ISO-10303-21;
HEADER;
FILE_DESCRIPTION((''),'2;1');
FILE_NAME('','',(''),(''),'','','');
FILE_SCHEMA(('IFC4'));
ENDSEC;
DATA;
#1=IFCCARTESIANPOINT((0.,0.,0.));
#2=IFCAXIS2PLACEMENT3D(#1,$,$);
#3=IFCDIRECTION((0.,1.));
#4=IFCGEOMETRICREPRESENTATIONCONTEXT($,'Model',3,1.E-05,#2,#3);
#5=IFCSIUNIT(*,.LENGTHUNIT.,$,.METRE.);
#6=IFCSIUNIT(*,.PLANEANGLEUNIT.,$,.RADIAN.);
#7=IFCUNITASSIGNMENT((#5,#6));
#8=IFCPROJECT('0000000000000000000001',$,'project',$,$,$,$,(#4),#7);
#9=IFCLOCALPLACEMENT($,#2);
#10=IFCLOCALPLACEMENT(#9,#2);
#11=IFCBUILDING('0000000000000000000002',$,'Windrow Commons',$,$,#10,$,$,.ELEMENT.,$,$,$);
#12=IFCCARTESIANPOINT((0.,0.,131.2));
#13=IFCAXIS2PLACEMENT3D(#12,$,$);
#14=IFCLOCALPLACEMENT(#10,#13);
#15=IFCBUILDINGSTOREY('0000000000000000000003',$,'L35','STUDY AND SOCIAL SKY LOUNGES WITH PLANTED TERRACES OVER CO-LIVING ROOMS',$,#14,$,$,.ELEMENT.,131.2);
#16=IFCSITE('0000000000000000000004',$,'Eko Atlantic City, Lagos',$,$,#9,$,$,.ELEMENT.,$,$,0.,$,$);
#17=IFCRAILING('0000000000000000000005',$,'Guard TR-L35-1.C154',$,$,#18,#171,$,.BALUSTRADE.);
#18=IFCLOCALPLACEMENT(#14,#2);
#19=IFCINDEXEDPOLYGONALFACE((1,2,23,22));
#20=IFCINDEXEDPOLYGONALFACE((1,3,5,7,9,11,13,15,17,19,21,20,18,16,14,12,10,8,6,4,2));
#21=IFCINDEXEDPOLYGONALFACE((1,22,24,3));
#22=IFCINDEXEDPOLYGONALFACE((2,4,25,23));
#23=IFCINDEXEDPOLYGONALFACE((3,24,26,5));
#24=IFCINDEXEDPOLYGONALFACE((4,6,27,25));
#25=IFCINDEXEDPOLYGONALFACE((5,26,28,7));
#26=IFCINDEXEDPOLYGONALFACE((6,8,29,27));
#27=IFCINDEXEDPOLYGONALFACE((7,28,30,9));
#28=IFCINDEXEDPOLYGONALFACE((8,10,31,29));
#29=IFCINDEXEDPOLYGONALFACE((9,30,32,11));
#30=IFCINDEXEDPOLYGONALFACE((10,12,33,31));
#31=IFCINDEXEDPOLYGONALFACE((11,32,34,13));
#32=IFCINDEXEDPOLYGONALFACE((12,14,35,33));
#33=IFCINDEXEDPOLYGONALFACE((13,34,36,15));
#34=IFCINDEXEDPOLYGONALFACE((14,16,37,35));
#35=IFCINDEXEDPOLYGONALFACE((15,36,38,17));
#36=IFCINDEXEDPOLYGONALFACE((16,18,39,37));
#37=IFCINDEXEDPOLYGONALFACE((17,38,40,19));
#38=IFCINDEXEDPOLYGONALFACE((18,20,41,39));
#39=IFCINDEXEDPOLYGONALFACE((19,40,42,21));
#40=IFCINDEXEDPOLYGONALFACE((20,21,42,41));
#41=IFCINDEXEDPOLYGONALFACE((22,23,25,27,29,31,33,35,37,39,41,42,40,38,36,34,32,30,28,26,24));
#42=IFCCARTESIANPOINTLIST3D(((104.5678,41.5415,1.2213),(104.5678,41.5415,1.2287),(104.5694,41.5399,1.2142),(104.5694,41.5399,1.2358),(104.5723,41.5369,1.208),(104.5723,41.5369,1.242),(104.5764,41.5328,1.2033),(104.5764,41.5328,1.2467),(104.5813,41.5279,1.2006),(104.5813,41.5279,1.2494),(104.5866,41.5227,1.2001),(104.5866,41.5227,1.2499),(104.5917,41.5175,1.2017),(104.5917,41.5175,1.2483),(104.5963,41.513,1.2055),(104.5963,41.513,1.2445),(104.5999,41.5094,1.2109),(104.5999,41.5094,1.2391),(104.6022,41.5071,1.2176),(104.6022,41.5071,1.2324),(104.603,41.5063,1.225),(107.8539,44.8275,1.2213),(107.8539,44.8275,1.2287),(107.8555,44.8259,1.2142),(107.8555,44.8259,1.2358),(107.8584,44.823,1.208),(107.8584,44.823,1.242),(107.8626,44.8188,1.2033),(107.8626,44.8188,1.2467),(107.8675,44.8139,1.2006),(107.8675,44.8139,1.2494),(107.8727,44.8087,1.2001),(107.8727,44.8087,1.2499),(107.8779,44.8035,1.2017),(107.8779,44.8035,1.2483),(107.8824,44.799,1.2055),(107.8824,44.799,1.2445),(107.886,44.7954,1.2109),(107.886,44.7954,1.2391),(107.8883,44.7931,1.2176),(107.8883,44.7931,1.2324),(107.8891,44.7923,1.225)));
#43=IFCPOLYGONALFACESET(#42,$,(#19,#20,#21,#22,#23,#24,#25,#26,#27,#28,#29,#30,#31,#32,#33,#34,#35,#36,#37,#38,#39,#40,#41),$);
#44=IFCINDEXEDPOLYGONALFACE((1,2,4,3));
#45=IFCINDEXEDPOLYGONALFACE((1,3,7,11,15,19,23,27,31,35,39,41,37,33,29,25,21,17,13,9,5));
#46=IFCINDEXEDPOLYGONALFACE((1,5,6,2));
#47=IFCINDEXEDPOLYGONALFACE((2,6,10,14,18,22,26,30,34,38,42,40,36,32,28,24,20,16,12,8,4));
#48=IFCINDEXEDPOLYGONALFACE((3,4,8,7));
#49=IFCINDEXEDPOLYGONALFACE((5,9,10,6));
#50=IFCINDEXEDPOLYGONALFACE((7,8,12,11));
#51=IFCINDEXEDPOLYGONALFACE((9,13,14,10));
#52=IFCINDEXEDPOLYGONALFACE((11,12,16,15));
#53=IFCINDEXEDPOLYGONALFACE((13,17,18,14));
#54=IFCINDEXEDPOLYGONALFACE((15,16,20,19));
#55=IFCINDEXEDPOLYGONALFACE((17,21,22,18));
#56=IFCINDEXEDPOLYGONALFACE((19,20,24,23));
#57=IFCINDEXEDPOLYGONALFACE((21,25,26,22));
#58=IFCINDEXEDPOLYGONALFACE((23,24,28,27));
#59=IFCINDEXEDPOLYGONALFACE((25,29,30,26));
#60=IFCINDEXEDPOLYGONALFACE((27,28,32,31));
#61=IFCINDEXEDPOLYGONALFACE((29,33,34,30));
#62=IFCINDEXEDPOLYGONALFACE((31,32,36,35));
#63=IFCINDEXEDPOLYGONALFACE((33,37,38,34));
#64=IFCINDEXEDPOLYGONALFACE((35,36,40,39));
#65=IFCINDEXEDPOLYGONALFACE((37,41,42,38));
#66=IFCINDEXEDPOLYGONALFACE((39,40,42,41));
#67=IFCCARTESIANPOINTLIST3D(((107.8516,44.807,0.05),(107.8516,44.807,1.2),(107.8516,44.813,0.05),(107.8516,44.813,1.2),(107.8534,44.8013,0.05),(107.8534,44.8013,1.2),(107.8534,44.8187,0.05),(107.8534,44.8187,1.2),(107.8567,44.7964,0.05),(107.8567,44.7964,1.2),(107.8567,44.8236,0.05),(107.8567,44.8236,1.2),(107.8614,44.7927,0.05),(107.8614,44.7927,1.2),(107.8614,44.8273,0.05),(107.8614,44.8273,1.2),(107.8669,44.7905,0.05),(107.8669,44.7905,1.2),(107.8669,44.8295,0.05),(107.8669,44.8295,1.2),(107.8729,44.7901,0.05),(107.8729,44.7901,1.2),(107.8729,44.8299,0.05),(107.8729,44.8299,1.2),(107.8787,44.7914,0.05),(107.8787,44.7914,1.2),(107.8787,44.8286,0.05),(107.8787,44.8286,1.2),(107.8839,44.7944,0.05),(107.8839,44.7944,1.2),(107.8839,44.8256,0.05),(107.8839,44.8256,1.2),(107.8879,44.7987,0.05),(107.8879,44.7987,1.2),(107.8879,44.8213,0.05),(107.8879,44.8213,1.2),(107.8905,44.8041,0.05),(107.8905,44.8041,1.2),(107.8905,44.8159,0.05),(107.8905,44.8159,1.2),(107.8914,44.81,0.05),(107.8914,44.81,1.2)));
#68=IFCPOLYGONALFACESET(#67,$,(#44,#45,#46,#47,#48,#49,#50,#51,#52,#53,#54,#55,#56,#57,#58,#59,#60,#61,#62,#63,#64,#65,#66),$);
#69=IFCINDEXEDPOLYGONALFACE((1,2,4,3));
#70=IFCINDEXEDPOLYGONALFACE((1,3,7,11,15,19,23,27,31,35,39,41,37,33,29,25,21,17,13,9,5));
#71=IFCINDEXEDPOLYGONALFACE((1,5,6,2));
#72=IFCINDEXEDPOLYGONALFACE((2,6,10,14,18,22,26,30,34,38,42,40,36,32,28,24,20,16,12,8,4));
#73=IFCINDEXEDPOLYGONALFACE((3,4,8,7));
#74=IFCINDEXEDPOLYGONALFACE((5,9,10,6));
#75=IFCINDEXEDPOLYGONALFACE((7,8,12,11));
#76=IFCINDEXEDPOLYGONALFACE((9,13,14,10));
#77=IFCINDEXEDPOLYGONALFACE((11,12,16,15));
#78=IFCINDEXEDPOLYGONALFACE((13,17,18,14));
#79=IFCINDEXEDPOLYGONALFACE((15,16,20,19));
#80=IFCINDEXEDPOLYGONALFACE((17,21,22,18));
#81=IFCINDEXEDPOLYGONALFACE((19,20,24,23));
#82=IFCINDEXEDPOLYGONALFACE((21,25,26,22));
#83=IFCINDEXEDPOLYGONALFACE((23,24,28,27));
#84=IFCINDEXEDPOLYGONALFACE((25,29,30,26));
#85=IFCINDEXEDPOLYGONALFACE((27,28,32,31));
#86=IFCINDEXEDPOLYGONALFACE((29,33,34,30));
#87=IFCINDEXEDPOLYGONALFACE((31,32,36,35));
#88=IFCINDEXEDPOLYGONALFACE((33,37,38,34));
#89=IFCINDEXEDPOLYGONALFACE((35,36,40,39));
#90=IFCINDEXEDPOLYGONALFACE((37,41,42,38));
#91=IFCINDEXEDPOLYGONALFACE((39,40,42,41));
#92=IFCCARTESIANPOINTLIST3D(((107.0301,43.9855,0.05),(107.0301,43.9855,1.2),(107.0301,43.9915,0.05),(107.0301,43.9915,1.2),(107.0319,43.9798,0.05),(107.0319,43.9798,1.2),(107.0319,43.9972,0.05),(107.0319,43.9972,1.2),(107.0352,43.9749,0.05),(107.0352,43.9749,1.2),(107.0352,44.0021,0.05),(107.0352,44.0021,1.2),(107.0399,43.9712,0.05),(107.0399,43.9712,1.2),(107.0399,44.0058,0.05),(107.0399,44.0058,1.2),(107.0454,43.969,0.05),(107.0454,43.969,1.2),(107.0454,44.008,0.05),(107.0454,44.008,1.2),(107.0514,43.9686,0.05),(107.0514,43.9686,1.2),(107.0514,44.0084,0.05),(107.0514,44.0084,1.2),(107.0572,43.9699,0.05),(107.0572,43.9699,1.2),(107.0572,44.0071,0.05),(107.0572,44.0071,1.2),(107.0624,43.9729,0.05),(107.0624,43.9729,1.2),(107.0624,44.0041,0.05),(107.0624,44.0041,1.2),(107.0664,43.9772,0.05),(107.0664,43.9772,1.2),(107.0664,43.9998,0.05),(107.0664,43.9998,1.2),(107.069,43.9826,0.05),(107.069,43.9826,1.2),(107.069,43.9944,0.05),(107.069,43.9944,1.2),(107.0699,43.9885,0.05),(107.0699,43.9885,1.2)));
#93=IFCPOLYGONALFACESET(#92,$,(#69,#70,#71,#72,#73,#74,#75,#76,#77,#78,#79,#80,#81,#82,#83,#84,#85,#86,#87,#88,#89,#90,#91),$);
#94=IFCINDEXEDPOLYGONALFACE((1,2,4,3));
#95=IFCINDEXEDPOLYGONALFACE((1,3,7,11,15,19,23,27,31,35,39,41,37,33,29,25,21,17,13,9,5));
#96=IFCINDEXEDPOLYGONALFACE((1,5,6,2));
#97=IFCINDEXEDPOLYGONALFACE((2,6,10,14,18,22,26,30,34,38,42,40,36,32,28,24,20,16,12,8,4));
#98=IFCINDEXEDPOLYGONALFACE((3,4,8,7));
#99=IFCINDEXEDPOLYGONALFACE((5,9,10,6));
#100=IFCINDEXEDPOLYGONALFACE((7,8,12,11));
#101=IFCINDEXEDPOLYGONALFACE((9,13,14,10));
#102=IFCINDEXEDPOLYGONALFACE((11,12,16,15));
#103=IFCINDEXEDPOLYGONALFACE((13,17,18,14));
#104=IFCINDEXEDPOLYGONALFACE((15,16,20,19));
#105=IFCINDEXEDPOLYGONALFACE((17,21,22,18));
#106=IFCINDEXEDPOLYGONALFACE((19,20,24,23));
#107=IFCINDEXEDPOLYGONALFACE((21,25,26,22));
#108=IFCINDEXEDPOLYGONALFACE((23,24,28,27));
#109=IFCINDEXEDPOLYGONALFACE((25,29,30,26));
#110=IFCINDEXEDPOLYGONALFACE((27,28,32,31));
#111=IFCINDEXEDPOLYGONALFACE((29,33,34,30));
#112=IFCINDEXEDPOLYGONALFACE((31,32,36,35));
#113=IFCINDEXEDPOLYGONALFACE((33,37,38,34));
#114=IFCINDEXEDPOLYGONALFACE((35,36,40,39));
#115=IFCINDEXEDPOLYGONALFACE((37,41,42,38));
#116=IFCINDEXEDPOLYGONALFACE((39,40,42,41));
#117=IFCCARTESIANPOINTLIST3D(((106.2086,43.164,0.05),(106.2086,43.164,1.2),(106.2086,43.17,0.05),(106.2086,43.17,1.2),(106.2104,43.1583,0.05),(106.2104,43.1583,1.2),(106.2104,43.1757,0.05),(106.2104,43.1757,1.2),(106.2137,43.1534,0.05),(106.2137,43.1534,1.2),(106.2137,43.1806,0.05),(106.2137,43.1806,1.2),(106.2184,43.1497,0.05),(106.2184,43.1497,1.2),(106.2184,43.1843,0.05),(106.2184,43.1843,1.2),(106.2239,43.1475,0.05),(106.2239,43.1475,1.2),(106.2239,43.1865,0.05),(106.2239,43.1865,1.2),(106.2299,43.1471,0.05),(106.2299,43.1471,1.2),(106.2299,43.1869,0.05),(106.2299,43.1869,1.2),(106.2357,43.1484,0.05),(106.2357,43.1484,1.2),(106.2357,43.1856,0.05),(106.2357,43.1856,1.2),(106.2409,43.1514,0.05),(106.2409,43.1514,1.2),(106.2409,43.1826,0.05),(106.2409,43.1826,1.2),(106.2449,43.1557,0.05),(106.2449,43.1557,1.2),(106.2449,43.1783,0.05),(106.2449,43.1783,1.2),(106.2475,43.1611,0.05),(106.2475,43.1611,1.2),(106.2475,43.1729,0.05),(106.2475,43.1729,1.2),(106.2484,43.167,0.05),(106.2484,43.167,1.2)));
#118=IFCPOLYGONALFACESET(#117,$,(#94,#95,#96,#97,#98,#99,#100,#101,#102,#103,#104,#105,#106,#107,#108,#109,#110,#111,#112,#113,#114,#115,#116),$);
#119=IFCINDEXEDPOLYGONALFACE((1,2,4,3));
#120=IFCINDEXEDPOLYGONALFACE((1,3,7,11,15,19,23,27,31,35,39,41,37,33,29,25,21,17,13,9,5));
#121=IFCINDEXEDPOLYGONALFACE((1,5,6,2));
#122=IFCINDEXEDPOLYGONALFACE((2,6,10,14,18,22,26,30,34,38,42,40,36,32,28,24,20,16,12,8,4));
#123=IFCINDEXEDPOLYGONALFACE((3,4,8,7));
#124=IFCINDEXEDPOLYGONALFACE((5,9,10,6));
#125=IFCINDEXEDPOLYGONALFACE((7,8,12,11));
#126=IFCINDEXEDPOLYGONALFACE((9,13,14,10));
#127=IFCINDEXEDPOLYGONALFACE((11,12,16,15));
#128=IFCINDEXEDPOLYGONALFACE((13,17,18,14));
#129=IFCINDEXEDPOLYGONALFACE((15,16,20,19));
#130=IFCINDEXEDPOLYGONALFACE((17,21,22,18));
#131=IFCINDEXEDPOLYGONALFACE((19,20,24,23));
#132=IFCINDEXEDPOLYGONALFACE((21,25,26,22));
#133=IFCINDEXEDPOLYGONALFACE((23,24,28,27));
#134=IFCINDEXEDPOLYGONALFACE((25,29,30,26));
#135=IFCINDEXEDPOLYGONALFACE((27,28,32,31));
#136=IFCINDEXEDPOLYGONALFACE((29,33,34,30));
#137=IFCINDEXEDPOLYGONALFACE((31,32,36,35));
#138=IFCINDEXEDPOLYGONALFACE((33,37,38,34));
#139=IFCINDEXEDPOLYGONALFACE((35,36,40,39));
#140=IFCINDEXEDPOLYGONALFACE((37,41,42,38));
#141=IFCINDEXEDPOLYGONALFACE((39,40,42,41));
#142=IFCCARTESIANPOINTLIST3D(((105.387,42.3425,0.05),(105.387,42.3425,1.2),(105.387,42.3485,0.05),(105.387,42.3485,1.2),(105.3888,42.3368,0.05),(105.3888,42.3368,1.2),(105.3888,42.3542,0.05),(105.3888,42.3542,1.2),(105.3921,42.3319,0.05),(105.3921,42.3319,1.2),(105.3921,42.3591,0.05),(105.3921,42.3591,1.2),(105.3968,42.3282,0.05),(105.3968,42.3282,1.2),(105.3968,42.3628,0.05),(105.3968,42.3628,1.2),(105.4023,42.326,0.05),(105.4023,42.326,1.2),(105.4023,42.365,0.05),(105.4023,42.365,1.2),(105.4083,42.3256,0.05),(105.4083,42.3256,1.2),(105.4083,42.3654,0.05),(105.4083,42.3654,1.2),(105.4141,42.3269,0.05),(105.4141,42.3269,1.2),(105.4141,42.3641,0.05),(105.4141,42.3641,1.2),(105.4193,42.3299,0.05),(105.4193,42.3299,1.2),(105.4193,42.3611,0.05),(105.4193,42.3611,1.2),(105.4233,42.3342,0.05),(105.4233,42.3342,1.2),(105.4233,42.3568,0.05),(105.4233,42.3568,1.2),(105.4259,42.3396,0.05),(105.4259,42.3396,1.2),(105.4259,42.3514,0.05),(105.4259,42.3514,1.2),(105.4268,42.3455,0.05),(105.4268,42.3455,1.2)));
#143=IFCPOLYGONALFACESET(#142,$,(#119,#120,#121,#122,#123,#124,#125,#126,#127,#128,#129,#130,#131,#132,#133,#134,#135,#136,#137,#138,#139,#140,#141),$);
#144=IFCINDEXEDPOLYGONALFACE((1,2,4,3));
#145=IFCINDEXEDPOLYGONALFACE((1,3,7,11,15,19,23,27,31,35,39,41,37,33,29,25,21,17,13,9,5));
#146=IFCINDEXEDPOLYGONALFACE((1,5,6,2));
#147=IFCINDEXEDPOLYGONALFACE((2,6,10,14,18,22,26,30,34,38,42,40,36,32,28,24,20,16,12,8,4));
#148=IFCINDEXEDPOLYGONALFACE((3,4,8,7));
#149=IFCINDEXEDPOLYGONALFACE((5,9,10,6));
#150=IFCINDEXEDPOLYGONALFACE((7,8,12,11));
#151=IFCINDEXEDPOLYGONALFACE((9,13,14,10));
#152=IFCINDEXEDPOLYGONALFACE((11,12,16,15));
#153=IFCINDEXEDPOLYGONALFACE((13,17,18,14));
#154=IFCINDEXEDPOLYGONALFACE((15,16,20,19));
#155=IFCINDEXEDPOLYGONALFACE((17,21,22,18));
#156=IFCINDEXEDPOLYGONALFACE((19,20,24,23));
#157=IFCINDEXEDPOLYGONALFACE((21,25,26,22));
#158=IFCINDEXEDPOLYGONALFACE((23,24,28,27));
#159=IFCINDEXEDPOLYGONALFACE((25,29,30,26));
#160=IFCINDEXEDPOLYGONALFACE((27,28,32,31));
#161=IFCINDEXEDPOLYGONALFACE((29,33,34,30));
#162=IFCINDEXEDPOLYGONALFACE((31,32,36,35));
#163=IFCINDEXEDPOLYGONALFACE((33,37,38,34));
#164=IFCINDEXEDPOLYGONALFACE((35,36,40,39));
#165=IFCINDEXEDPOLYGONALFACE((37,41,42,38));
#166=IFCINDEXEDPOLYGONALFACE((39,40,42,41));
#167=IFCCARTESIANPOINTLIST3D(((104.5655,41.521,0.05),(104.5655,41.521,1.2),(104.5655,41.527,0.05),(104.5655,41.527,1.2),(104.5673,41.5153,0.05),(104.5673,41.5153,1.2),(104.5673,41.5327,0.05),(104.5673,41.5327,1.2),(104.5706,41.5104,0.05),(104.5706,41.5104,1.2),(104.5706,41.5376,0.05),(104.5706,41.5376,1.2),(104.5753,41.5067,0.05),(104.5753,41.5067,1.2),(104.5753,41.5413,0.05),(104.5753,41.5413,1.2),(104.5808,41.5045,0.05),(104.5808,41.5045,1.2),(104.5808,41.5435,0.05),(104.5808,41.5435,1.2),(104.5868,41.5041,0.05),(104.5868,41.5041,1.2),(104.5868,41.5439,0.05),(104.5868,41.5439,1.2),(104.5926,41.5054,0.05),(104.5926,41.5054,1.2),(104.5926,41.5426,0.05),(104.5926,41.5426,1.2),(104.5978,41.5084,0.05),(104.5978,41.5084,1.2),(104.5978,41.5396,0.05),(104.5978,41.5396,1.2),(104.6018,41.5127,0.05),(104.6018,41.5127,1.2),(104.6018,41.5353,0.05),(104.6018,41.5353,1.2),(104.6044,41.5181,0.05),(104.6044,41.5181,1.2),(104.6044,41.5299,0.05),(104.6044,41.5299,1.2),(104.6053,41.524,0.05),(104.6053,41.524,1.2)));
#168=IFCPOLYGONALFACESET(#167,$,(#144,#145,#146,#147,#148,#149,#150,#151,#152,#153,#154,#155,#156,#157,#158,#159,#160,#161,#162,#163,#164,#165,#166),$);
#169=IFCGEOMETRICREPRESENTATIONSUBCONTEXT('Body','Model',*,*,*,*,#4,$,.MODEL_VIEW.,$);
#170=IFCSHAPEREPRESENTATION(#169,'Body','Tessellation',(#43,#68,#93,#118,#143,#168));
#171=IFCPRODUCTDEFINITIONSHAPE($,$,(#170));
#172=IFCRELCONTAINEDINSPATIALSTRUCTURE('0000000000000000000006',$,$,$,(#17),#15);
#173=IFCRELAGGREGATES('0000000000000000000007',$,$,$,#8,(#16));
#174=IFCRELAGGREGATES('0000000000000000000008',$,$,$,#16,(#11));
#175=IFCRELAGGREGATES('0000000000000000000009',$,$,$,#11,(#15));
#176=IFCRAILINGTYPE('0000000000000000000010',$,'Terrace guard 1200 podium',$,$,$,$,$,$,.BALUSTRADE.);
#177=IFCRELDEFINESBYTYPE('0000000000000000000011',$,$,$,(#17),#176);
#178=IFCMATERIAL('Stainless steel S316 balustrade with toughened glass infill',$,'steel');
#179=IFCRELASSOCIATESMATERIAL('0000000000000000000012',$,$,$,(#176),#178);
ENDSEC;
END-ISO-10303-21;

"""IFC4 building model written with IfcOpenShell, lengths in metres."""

from ifc_helpers import new_model, si_unit, direction, frame, origin, origin_2d, place, context, subcontext, project, spatial, circle, extrude, material, type_object, element, save


model = new_model("IFC4")

# Units and contexts
model_context = context("Model", 3, precision=1e-05, world=origin(), true_north=direction((0.0, 1.0)))
body_context = subcontext(model_context, "Body", "Model", "MODEL_VIEW")
ifc_project = project(units=[si_unit("LENGTHUNIT", "METRE"), si_unit("PLANEANGLEUNIT", "RADIAN")], contexts=[model_context])

# Site, building, storey
site_placement = place(None, origin())
site = spatial("IfcSite", under=ifc_project, at=site_placement, Name="Eko Atlantic City, Lagos", CompositionType="ELEMENT", RefElevation=0.0)
building_placement = place(site_placement, origin())
building = spatial("IfcBuilding", under=site, at=building_placement, Name="Windrow Commons", CompositionType="ELEMENT")
storey_placement = place(building_placement, frame((0.0, 0.0, 131.2)))
storey = spatial("IfcBuildingStorey", under=building, at=storey_placement, Name="L35", Description="STUDY AND SOCIAL SKY LOUNGES WITH PLANTED TERRACES OVER CO-LIVING ROOMS", CompositionType="ELEMENT", Elevation=131.2)

# Railing
ifc_material_1 = material(Name="Stainless steel S316 balustrade with toughened glass infill", Category="steel")
railing_type = type_object("IfcRailingType", Name="Terrace guard 1200 podium", PredefinedType="BALUSTRADE", material=ifc_material_1)
railing_1_placement = place(storey_placement, frame((107.8714, 44.81, 0.05)))
element("IfcRailing", 1, at=railing_1_placement, inside=storey, type_object=railing_type, Name="Guard TR-L35-1.C154", PredefinedType="BALUSTRADE", context=body_context, shape_type="SweptSolid", body=[
    extrude(circle(Radius=0.025, at=origin_2d()), frame((0.0, 0.0, 1.175), z_axis=(-0.707118, -0.707096, 0.0), x_axis=(0.707096, -0.707118, 0.0)), (0.0, 0.0, 1.0), 4.6472),
    extrude(circle(Radius=0.02, at=origin_2d()), origin(), (0.0, 0.0, 1.0), 1.15),
    extrude(circle(Radius=0.02, at=origin_2d()), frame((-0.8215, -0.8215, 0.0)), (0.0, 0.0, 1.0), 1.15),
    extrude(circle(Radius=0.02, at=origin_2d()), frame((-1.643, -1.643, 0.0)), (0.0, 0.0, 1.0), 1.15),
    extrude(circle(Radius=0.02, at=origin_2d()), frame((-2.4646, -2.4645, 0.0)), (0.0, 0.0, 1.0), 1.15),
    extrude(circle(Radius=0.02, at=origin_2d()), frame((-3.2861, -3.286, 0.0)), (0.0, 0.0, 1.0), 1.15),
])

save(model, "model.ifc")
